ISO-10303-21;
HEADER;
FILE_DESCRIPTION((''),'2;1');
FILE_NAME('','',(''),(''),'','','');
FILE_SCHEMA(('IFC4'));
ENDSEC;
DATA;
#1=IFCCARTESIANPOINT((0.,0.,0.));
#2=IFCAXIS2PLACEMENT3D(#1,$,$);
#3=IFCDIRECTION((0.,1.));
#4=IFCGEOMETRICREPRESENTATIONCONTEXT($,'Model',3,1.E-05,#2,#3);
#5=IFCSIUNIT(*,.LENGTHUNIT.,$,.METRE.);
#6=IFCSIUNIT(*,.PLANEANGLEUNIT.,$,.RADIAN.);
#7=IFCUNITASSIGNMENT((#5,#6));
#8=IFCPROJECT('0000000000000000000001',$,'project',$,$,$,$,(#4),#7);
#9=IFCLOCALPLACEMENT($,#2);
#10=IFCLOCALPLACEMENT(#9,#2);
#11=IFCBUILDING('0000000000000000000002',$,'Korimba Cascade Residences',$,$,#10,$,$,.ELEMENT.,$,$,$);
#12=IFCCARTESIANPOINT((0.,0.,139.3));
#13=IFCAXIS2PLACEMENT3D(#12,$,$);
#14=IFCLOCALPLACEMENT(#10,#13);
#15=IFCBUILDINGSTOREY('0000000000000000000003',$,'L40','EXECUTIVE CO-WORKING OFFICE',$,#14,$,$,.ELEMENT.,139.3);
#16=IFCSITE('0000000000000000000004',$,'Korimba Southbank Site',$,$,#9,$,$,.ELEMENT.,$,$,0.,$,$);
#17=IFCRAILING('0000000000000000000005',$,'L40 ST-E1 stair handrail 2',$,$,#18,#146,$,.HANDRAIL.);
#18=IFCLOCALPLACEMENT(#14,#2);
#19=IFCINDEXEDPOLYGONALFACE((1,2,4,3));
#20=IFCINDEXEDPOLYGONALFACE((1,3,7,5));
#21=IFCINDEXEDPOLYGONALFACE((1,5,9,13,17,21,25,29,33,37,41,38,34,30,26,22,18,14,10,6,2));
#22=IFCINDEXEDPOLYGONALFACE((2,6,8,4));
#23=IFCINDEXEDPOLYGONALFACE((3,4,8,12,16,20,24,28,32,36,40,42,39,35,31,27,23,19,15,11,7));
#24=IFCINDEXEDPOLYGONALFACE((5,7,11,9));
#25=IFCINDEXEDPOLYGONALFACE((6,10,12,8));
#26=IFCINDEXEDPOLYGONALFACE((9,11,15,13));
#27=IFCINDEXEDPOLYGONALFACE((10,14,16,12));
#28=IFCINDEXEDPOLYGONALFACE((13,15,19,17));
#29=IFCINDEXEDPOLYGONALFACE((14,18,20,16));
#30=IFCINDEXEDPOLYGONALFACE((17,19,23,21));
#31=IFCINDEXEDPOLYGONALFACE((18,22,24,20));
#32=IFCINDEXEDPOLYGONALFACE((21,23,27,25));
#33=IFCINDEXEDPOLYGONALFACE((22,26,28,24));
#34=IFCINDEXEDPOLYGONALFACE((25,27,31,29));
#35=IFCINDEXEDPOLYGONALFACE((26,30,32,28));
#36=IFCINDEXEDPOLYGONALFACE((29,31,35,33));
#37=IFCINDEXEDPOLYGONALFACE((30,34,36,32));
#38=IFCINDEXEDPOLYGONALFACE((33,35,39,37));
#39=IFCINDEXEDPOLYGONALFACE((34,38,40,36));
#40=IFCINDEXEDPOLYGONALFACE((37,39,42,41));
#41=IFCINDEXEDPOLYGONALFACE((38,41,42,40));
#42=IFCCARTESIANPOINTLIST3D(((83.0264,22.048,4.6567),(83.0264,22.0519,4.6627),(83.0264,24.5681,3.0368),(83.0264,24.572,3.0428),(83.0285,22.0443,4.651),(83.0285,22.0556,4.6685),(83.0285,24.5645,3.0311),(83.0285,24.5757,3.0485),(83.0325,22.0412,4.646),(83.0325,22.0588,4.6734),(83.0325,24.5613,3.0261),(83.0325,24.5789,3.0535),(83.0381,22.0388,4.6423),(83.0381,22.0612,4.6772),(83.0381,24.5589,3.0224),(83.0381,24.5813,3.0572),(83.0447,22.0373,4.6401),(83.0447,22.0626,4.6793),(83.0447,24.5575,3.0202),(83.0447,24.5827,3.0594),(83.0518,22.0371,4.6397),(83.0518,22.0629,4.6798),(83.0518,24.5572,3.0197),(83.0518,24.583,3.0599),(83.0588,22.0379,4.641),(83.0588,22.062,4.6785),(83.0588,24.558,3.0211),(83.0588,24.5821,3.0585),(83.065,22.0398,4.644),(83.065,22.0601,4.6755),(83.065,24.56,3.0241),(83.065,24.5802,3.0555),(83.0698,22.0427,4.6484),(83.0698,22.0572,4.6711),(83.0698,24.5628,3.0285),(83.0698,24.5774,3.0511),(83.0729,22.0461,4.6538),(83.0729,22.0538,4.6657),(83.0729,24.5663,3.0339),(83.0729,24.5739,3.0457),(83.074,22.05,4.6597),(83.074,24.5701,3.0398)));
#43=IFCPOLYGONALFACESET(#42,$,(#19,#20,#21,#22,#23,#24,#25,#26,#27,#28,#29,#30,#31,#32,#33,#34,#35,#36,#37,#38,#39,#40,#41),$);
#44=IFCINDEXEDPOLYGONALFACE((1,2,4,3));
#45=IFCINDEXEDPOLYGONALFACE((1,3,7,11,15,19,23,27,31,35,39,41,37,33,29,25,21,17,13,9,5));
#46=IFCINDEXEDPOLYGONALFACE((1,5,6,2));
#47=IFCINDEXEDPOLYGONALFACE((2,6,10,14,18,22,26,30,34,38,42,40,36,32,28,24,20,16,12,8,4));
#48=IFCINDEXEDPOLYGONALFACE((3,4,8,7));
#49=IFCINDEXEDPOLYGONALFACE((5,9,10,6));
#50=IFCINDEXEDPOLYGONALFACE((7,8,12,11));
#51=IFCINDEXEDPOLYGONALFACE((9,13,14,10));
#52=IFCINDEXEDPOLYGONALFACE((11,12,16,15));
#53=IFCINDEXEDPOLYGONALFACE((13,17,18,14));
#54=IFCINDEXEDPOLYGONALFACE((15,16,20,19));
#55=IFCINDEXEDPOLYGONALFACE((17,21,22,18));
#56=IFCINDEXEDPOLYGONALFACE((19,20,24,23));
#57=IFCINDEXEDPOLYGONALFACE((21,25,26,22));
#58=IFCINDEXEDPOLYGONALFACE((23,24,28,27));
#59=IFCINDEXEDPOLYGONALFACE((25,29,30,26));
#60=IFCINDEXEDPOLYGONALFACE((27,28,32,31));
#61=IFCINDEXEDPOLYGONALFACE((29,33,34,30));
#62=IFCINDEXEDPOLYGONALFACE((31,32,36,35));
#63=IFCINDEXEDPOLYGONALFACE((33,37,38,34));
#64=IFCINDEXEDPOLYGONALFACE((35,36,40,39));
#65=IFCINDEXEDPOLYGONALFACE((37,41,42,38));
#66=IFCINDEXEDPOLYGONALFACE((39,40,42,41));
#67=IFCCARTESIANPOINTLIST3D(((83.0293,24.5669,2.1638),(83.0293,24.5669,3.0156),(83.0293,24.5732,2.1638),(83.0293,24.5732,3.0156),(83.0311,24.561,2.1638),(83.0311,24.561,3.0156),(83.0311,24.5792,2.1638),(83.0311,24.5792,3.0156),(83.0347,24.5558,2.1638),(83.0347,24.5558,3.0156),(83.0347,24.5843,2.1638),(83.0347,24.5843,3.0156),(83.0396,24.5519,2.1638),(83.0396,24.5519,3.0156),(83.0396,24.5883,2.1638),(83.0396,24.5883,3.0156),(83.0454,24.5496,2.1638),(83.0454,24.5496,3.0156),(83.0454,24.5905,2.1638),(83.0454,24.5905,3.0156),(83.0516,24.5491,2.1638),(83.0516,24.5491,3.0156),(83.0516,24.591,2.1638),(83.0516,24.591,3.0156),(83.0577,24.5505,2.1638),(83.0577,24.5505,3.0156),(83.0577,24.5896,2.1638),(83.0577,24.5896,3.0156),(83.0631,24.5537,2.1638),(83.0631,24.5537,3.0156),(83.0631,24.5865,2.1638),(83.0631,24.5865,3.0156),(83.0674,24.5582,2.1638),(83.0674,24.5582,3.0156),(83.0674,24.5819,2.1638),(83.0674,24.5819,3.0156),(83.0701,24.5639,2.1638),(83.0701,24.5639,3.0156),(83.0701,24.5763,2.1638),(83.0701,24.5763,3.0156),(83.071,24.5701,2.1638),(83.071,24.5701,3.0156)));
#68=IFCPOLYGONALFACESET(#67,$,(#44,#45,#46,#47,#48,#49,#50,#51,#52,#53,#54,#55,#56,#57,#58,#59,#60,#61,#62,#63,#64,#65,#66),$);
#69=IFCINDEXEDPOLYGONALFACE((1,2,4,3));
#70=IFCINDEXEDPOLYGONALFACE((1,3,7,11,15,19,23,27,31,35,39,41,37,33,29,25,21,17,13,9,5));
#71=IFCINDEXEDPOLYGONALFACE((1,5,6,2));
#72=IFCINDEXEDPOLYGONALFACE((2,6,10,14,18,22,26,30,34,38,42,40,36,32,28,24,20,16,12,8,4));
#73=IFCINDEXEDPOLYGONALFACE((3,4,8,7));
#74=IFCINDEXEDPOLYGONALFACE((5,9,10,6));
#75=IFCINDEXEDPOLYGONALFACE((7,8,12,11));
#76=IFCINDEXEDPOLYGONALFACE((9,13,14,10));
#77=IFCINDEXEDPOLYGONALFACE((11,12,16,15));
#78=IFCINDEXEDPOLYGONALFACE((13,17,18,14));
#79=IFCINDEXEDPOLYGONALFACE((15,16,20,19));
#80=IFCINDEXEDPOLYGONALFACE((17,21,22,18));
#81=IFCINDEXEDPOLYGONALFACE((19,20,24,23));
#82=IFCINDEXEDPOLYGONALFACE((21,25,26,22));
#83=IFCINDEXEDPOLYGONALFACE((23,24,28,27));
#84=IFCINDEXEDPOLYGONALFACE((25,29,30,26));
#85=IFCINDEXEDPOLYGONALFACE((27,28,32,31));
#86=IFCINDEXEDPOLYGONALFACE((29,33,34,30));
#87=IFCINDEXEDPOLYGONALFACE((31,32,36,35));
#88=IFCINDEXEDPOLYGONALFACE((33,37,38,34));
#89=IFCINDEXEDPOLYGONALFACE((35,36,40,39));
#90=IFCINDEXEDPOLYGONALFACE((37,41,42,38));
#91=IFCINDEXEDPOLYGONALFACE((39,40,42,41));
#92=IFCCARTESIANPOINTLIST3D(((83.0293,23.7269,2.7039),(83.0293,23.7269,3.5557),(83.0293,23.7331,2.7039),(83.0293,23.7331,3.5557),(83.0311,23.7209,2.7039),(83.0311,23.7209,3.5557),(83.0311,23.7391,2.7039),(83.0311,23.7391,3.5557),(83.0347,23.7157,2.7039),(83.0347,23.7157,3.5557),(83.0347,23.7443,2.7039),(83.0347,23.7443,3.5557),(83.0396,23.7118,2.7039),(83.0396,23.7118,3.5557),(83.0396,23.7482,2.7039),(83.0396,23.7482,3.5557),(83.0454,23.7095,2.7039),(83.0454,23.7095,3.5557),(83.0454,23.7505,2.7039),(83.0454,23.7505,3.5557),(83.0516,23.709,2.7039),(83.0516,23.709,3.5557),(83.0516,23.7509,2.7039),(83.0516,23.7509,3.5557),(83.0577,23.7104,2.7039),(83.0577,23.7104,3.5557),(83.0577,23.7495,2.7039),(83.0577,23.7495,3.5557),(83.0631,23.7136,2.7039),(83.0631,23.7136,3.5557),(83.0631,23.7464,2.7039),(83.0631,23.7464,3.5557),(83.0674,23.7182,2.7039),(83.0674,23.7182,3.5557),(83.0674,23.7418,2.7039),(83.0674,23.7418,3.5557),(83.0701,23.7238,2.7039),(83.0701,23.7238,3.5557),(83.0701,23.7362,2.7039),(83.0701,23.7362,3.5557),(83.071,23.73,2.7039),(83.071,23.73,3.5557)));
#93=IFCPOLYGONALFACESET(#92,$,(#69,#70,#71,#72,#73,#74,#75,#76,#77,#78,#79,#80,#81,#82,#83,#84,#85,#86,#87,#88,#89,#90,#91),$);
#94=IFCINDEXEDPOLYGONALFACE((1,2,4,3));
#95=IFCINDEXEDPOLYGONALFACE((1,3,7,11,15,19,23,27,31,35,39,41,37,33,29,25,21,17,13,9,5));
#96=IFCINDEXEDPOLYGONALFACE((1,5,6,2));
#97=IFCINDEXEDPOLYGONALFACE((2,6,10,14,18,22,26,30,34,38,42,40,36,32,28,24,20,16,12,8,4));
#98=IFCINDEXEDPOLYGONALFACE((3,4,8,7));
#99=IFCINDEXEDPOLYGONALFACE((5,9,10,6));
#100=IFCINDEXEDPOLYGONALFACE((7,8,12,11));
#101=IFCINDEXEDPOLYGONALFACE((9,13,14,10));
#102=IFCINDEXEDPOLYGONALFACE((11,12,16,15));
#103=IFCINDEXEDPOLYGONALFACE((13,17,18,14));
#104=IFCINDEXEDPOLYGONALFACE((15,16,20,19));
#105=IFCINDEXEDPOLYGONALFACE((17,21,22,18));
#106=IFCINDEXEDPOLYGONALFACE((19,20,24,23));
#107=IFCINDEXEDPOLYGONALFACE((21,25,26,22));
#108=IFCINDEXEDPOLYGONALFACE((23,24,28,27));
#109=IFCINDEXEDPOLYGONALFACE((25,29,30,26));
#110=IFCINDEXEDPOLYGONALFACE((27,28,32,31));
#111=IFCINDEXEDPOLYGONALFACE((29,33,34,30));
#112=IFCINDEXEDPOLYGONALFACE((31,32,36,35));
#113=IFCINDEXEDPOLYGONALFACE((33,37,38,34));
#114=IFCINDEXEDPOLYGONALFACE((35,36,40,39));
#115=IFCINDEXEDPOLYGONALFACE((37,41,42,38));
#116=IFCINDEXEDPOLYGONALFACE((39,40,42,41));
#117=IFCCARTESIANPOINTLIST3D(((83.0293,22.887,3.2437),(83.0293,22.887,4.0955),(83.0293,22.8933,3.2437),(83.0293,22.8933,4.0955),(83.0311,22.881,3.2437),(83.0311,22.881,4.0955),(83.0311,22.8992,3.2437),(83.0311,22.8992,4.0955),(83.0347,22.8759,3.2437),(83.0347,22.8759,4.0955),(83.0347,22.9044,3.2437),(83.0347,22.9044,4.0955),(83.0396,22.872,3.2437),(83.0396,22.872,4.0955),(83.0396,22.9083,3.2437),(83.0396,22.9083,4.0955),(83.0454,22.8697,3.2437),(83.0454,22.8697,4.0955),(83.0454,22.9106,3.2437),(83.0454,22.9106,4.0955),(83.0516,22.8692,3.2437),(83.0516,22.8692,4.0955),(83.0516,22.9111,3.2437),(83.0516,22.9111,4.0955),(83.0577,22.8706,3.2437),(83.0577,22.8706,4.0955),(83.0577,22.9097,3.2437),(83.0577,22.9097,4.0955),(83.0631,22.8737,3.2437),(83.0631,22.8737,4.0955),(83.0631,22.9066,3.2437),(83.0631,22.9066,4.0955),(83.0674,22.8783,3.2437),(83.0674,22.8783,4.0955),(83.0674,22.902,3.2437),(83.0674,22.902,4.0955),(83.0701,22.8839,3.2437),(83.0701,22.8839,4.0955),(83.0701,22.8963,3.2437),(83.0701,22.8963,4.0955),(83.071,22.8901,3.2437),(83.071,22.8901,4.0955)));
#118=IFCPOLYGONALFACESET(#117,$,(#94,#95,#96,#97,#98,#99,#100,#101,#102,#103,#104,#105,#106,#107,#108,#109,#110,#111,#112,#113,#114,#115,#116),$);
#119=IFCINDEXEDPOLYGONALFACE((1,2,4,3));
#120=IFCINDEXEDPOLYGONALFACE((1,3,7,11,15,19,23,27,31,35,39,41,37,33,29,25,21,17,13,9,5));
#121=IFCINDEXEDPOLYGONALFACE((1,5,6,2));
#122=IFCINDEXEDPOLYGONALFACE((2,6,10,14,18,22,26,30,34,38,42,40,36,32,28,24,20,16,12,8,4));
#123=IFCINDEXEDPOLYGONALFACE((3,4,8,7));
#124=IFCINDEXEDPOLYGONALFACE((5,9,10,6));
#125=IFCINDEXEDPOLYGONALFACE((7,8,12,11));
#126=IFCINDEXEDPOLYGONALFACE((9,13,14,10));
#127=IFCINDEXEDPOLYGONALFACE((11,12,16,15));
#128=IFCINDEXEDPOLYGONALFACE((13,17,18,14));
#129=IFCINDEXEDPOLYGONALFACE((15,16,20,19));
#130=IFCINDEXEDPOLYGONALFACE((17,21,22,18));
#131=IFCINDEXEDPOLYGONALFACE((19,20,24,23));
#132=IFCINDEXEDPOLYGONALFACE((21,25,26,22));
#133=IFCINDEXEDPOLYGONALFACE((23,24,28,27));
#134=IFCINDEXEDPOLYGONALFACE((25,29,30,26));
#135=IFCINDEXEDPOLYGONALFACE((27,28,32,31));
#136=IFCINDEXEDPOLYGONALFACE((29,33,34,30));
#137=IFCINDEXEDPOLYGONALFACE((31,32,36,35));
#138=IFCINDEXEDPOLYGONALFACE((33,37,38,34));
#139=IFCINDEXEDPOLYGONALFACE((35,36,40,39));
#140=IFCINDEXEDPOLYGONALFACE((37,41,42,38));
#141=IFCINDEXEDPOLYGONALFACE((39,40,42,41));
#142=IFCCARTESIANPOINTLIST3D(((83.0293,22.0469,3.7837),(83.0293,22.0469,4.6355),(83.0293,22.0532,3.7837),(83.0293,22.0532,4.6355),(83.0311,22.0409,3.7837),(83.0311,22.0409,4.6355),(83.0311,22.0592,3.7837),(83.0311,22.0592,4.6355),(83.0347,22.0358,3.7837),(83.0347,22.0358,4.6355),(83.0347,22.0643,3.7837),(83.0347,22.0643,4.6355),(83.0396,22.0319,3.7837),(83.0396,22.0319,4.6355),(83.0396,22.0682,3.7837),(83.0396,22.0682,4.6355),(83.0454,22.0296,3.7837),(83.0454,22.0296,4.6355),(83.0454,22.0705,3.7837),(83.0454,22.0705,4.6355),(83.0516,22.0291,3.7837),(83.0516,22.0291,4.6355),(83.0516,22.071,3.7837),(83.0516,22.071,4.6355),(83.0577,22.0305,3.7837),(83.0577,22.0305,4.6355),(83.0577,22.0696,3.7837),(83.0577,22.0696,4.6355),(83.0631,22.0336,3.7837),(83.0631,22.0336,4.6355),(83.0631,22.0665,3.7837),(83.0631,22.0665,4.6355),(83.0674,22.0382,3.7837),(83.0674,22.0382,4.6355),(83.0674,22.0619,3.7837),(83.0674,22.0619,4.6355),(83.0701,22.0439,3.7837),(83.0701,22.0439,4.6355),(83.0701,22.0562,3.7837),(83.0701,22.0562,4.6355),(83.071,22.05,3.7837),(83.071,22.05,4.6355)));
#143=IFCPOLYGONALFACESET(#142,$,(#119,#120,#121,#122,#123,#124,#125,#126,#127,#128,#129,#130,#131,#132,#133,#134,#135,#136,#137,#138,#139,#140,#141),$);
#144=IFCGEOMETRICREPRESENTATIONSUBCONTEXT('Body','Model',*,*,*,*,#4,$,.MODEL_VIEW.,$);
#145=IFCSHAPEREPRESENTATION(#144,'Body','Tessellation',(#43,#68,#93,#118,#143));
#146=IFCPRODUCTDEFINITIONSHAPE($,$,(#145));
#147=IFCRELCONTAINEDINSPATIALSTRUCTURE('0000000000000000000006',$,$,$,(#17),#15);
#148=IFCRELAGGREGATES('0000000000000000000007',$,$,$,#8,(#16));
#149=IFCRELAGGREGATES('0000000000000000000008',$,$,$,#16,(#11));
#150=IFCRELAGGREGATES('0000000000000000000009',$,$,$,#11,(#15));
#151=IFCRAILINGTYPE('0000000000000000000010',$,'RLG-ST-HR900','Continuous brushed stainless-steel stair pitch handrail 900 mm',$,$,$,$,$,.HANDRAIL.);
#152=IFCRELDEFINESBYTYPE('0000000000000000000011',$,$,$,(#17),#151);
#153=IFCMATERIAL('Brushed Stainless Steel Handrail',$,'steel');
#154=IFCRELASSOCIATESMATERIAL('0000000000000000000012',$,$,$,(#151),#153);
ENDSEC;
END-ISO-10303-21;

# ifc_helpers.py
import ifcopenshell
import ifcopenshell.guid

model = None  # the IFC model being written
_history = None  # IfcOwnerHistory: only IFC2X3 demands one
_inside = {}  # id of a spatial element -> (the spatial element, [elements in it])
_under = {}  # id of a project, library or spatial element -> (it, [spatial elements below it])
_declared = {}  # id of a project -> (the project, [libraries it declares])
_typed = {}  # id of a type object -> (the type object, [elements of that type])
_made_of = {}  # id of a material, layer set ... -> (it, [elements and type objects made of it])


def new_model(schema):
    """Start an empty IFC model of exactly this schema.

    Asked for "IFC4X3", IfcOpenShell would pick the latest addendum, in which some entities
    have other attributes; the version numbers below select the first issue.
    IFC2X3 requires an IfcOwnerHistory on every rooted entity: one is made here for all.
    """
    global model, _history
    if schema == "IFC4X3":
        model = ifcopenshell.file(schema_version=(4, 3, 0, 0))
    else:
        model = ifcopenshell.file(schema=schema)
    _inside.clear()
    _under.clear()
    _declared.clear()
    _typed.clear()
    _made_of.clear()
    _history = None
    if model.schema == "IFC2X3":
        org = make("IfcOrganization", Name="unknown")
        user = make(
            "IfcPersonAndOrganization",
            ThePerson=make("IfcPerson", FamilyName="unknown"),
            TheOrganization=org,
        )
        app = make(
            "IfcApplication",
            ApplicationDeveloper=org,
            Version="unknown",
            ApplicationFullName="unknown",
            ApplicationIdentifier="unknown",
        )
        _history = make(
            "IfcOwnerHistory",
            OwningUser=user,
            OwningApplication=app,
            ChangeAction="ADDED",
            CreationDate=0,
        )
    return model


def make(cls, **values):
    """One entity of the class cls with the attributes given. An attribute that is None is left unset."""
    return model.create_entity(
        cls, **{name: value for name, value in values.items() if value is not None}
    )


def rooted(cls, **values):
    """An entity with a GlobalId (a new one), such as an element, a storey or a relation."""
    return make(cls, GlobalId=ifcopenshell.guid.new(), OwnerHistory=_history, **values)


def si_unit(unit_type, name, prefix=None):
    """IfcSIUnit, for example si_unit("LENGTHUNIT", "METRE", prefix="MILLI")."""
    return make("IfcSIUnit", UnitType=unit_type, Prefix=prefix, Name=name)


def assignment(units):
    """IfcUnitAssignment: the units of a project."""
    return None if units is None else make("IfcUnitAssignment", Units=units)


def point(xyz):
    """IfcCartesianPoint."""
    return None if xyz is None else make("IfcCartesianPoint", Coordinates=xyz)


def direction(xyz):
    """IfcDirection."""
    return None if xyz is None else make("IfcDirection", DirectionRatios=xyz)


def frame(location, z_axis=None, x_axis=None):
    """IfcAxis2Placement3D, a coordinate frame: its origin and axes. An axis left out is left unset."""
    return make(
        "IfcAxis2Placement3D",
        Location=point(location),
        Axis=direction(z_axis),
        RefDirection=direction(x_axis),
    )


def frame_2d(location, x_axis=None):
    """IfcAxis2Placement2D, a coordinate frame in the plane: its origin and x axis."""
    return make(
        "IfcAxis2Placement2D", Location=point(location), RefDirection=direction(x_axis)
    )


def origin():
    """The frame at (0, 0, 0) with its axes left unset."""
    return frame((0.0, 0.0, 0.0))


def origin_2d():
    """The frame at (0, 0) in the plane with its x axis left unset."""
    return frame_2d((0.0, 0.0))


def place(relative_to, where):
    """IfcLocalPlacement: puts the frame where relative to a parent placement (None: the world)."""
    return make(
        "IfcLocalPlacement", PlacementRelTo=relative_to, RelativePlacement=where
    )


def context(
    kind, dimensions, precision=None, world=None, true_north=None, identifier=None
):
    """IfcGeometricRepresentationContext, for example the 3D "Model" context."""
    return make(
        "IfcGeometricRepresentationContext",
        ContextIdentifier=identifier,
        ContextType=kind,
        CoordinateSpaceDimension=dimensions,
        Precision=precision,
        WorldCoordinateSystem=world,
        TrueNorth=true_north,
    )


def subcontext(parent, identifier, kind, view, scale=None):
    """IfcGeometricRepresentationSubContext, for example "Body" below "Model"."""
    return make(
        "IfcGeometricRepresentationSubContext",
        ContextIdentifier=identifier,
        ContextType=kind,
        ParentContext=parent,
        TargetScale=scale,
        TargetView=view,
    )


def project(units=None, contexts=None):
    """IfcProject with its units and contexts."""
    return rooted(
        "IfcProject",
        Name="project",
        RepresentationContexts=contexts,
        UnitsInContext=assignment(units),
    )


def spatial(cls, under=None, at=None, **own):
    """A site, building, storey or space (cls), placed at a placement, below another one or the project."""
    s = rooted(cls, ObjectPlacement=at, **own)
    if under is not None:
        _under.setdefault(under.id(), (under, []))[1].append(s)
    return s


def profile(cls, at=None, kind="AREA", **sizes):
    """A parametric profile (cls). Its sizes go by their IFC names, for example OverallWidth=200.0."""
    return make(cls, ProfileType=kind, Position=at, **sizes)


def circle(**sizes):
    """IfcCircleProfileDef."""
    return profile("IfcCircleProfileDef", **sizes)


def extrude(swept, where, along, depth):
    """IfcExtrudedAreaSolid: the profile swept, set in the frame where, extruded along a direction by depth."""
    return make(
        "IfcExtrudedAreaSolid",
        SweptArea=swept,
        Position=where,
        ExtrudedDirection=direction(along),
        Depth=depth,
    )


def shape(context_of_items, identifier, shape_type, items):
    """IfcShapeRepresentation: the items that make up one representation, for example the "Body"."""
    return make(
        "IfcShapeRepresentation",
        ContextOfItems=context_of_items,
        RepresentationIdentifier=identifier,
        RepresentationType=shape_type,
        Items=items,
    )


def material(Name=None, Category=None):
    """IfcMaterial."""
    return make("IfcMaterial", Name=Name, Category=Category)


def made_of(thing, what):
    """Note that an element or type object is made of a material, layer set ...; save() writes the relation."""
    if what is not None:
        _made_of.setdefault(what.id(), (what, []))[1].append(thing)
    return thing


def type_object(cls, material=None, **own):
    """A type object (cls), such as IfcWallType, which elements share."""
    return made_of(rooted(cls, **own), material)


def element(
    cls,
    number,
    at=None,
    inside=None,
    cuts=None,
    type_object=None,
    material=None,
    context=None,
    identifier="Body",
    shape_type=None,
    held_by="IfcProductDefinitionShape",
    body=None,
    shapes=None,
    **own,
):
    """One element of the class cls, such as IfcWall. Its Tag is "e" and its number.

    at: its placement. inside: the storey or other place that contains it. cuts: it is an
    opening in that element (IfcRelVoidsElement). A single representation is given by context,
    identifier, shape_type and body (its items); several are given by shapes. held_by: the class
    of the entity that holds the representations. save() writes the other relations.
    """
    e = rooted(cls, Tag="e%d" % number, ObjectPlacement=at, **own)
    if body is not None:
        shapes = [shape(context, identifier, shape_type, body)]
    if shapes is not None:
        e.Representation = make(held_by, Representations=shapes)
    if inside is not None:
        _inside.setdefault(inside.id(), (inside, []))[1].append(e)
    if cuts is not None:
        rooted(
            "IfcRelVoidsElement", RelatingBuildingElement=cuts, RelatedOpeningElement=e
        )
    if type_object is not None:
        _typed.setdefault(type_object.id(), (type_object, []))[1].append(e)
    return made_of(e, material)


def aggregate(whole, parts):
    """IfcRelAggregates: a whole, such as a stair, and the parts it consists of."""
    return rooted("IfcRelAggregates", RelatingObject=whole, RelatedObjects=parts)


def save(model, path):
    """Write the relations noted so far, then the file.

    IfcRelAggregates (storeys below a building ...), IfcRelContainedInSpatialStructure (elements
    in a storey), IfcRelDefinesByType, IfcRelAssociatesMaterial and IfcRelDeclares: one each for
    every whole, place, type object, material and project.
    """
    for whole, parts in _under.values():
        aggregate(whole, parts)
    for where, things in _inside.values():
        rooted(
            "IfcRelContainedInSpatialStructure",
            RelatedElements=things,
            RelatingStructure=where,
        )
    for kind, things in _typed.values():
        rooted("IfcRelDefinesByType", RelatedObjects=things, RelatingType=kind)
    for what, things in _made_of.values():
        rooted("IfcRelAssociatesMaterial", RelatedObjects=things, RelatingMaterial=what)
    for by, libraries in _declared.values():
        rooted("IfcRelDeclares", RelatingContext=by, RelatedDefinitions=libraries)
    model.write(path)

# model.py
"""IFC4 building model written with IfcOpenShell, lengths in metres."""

from ifc_helpers import new_model, si_unit, direction, frame, origin, origin_2d, place, context, subcontext, project, spatial, circle, extrude, material, type_object, element, save


model = new_model("IFC4")

# Units and contexts
model_context = context("Model", 3, precision=1e-05, world=origin(), true_north=direction((0.0, 1.0)))
body_context = subcontext(model_context, "Body", "Model", "MODEL_VIEW")
ifc_project = project(units=[si_unit("LENGTHUNIT", "METRE"), si_unit("PLANEANGLEUNIT", "RADIAN")], contexts=[model_context])

# Site, building, storey
site_placement = place(None, origin())
site = spatial("IfcSite", under=ifc_project, at=site_placement, Name="Korimba Southbank Site", CompositionType="ELEMENT", RefElevation=0.0)
building_placement = place(site_placement, origin())
building = spatial("IfcBuilding", under=site, at=building_placement, Name="Korimba Cascade Residences", CompositionType="ELEMENT")
storey_placement = place(building_placement, frame((0.0, 0.0, 139.3)))
storey = spatial("IfcBuildingStorey", under=building, at=storey_placement, Name="L40", Description="EXECUTIVE CO-WORKING OFFICE", CompositionType="ELEMENT", Elevation=139.3)

# Railing
ifc_material_1 = material(Name="Brushed Stainless Steel Handrail", Category="steel")
railing_type_1 = type_object("IfcRailingType", Name="RLG-ST-HR900", Description="Continuous brushed stainless-steel stair pitch handrail 900 mm", PredefinedType="HANDRAIL", material=ifc_material_1)
railing_1_placement = place(storey_placement, frame((83.05, 24.5701, 2.1638)))
element("IfcRailing", 1, at=railing_1_placement, inside=storey, type_object=railing_type_1, Name="L40 ST-E1 stair handrail 2", PredefinedType="HANDRAIL", context=body_context, shape_type="SweptSolid", body=[
    extrude(circle(Radius=0.0239, at=origin_2d()), frame((0.0, 0.0, 0.876), z_axis=(0.0, -0.8412, 0.540725), x_axis=(1.0, 0.0, 0.0)), (0.0, 0.0, 1.0), 2.9958),
    extrude(circle(Radius=0.021, at=origin_2d()), origin(), (0.0, 0.0, 1.0), 0.8518),
    extrude(circle(Radius=0.021, at=origin_2d()), frame((0.0, -0.8401, 0.54)), (0.0, 0.0, 1.0), 0.8518),
    extrude(circle(Radius=0.021, at=origin_2d()), frame((0.0, -1.6799, 1.0798)), (0.0, 0.0, 1.0), 0.8518),
    extrude(circle(Radius=0.021, at=origin_2d()), frame((0.0, -2.52, 1.6199)), (0.0, 0.0, 1.0), 0.8518),
])

save(model, "model.ifc")
